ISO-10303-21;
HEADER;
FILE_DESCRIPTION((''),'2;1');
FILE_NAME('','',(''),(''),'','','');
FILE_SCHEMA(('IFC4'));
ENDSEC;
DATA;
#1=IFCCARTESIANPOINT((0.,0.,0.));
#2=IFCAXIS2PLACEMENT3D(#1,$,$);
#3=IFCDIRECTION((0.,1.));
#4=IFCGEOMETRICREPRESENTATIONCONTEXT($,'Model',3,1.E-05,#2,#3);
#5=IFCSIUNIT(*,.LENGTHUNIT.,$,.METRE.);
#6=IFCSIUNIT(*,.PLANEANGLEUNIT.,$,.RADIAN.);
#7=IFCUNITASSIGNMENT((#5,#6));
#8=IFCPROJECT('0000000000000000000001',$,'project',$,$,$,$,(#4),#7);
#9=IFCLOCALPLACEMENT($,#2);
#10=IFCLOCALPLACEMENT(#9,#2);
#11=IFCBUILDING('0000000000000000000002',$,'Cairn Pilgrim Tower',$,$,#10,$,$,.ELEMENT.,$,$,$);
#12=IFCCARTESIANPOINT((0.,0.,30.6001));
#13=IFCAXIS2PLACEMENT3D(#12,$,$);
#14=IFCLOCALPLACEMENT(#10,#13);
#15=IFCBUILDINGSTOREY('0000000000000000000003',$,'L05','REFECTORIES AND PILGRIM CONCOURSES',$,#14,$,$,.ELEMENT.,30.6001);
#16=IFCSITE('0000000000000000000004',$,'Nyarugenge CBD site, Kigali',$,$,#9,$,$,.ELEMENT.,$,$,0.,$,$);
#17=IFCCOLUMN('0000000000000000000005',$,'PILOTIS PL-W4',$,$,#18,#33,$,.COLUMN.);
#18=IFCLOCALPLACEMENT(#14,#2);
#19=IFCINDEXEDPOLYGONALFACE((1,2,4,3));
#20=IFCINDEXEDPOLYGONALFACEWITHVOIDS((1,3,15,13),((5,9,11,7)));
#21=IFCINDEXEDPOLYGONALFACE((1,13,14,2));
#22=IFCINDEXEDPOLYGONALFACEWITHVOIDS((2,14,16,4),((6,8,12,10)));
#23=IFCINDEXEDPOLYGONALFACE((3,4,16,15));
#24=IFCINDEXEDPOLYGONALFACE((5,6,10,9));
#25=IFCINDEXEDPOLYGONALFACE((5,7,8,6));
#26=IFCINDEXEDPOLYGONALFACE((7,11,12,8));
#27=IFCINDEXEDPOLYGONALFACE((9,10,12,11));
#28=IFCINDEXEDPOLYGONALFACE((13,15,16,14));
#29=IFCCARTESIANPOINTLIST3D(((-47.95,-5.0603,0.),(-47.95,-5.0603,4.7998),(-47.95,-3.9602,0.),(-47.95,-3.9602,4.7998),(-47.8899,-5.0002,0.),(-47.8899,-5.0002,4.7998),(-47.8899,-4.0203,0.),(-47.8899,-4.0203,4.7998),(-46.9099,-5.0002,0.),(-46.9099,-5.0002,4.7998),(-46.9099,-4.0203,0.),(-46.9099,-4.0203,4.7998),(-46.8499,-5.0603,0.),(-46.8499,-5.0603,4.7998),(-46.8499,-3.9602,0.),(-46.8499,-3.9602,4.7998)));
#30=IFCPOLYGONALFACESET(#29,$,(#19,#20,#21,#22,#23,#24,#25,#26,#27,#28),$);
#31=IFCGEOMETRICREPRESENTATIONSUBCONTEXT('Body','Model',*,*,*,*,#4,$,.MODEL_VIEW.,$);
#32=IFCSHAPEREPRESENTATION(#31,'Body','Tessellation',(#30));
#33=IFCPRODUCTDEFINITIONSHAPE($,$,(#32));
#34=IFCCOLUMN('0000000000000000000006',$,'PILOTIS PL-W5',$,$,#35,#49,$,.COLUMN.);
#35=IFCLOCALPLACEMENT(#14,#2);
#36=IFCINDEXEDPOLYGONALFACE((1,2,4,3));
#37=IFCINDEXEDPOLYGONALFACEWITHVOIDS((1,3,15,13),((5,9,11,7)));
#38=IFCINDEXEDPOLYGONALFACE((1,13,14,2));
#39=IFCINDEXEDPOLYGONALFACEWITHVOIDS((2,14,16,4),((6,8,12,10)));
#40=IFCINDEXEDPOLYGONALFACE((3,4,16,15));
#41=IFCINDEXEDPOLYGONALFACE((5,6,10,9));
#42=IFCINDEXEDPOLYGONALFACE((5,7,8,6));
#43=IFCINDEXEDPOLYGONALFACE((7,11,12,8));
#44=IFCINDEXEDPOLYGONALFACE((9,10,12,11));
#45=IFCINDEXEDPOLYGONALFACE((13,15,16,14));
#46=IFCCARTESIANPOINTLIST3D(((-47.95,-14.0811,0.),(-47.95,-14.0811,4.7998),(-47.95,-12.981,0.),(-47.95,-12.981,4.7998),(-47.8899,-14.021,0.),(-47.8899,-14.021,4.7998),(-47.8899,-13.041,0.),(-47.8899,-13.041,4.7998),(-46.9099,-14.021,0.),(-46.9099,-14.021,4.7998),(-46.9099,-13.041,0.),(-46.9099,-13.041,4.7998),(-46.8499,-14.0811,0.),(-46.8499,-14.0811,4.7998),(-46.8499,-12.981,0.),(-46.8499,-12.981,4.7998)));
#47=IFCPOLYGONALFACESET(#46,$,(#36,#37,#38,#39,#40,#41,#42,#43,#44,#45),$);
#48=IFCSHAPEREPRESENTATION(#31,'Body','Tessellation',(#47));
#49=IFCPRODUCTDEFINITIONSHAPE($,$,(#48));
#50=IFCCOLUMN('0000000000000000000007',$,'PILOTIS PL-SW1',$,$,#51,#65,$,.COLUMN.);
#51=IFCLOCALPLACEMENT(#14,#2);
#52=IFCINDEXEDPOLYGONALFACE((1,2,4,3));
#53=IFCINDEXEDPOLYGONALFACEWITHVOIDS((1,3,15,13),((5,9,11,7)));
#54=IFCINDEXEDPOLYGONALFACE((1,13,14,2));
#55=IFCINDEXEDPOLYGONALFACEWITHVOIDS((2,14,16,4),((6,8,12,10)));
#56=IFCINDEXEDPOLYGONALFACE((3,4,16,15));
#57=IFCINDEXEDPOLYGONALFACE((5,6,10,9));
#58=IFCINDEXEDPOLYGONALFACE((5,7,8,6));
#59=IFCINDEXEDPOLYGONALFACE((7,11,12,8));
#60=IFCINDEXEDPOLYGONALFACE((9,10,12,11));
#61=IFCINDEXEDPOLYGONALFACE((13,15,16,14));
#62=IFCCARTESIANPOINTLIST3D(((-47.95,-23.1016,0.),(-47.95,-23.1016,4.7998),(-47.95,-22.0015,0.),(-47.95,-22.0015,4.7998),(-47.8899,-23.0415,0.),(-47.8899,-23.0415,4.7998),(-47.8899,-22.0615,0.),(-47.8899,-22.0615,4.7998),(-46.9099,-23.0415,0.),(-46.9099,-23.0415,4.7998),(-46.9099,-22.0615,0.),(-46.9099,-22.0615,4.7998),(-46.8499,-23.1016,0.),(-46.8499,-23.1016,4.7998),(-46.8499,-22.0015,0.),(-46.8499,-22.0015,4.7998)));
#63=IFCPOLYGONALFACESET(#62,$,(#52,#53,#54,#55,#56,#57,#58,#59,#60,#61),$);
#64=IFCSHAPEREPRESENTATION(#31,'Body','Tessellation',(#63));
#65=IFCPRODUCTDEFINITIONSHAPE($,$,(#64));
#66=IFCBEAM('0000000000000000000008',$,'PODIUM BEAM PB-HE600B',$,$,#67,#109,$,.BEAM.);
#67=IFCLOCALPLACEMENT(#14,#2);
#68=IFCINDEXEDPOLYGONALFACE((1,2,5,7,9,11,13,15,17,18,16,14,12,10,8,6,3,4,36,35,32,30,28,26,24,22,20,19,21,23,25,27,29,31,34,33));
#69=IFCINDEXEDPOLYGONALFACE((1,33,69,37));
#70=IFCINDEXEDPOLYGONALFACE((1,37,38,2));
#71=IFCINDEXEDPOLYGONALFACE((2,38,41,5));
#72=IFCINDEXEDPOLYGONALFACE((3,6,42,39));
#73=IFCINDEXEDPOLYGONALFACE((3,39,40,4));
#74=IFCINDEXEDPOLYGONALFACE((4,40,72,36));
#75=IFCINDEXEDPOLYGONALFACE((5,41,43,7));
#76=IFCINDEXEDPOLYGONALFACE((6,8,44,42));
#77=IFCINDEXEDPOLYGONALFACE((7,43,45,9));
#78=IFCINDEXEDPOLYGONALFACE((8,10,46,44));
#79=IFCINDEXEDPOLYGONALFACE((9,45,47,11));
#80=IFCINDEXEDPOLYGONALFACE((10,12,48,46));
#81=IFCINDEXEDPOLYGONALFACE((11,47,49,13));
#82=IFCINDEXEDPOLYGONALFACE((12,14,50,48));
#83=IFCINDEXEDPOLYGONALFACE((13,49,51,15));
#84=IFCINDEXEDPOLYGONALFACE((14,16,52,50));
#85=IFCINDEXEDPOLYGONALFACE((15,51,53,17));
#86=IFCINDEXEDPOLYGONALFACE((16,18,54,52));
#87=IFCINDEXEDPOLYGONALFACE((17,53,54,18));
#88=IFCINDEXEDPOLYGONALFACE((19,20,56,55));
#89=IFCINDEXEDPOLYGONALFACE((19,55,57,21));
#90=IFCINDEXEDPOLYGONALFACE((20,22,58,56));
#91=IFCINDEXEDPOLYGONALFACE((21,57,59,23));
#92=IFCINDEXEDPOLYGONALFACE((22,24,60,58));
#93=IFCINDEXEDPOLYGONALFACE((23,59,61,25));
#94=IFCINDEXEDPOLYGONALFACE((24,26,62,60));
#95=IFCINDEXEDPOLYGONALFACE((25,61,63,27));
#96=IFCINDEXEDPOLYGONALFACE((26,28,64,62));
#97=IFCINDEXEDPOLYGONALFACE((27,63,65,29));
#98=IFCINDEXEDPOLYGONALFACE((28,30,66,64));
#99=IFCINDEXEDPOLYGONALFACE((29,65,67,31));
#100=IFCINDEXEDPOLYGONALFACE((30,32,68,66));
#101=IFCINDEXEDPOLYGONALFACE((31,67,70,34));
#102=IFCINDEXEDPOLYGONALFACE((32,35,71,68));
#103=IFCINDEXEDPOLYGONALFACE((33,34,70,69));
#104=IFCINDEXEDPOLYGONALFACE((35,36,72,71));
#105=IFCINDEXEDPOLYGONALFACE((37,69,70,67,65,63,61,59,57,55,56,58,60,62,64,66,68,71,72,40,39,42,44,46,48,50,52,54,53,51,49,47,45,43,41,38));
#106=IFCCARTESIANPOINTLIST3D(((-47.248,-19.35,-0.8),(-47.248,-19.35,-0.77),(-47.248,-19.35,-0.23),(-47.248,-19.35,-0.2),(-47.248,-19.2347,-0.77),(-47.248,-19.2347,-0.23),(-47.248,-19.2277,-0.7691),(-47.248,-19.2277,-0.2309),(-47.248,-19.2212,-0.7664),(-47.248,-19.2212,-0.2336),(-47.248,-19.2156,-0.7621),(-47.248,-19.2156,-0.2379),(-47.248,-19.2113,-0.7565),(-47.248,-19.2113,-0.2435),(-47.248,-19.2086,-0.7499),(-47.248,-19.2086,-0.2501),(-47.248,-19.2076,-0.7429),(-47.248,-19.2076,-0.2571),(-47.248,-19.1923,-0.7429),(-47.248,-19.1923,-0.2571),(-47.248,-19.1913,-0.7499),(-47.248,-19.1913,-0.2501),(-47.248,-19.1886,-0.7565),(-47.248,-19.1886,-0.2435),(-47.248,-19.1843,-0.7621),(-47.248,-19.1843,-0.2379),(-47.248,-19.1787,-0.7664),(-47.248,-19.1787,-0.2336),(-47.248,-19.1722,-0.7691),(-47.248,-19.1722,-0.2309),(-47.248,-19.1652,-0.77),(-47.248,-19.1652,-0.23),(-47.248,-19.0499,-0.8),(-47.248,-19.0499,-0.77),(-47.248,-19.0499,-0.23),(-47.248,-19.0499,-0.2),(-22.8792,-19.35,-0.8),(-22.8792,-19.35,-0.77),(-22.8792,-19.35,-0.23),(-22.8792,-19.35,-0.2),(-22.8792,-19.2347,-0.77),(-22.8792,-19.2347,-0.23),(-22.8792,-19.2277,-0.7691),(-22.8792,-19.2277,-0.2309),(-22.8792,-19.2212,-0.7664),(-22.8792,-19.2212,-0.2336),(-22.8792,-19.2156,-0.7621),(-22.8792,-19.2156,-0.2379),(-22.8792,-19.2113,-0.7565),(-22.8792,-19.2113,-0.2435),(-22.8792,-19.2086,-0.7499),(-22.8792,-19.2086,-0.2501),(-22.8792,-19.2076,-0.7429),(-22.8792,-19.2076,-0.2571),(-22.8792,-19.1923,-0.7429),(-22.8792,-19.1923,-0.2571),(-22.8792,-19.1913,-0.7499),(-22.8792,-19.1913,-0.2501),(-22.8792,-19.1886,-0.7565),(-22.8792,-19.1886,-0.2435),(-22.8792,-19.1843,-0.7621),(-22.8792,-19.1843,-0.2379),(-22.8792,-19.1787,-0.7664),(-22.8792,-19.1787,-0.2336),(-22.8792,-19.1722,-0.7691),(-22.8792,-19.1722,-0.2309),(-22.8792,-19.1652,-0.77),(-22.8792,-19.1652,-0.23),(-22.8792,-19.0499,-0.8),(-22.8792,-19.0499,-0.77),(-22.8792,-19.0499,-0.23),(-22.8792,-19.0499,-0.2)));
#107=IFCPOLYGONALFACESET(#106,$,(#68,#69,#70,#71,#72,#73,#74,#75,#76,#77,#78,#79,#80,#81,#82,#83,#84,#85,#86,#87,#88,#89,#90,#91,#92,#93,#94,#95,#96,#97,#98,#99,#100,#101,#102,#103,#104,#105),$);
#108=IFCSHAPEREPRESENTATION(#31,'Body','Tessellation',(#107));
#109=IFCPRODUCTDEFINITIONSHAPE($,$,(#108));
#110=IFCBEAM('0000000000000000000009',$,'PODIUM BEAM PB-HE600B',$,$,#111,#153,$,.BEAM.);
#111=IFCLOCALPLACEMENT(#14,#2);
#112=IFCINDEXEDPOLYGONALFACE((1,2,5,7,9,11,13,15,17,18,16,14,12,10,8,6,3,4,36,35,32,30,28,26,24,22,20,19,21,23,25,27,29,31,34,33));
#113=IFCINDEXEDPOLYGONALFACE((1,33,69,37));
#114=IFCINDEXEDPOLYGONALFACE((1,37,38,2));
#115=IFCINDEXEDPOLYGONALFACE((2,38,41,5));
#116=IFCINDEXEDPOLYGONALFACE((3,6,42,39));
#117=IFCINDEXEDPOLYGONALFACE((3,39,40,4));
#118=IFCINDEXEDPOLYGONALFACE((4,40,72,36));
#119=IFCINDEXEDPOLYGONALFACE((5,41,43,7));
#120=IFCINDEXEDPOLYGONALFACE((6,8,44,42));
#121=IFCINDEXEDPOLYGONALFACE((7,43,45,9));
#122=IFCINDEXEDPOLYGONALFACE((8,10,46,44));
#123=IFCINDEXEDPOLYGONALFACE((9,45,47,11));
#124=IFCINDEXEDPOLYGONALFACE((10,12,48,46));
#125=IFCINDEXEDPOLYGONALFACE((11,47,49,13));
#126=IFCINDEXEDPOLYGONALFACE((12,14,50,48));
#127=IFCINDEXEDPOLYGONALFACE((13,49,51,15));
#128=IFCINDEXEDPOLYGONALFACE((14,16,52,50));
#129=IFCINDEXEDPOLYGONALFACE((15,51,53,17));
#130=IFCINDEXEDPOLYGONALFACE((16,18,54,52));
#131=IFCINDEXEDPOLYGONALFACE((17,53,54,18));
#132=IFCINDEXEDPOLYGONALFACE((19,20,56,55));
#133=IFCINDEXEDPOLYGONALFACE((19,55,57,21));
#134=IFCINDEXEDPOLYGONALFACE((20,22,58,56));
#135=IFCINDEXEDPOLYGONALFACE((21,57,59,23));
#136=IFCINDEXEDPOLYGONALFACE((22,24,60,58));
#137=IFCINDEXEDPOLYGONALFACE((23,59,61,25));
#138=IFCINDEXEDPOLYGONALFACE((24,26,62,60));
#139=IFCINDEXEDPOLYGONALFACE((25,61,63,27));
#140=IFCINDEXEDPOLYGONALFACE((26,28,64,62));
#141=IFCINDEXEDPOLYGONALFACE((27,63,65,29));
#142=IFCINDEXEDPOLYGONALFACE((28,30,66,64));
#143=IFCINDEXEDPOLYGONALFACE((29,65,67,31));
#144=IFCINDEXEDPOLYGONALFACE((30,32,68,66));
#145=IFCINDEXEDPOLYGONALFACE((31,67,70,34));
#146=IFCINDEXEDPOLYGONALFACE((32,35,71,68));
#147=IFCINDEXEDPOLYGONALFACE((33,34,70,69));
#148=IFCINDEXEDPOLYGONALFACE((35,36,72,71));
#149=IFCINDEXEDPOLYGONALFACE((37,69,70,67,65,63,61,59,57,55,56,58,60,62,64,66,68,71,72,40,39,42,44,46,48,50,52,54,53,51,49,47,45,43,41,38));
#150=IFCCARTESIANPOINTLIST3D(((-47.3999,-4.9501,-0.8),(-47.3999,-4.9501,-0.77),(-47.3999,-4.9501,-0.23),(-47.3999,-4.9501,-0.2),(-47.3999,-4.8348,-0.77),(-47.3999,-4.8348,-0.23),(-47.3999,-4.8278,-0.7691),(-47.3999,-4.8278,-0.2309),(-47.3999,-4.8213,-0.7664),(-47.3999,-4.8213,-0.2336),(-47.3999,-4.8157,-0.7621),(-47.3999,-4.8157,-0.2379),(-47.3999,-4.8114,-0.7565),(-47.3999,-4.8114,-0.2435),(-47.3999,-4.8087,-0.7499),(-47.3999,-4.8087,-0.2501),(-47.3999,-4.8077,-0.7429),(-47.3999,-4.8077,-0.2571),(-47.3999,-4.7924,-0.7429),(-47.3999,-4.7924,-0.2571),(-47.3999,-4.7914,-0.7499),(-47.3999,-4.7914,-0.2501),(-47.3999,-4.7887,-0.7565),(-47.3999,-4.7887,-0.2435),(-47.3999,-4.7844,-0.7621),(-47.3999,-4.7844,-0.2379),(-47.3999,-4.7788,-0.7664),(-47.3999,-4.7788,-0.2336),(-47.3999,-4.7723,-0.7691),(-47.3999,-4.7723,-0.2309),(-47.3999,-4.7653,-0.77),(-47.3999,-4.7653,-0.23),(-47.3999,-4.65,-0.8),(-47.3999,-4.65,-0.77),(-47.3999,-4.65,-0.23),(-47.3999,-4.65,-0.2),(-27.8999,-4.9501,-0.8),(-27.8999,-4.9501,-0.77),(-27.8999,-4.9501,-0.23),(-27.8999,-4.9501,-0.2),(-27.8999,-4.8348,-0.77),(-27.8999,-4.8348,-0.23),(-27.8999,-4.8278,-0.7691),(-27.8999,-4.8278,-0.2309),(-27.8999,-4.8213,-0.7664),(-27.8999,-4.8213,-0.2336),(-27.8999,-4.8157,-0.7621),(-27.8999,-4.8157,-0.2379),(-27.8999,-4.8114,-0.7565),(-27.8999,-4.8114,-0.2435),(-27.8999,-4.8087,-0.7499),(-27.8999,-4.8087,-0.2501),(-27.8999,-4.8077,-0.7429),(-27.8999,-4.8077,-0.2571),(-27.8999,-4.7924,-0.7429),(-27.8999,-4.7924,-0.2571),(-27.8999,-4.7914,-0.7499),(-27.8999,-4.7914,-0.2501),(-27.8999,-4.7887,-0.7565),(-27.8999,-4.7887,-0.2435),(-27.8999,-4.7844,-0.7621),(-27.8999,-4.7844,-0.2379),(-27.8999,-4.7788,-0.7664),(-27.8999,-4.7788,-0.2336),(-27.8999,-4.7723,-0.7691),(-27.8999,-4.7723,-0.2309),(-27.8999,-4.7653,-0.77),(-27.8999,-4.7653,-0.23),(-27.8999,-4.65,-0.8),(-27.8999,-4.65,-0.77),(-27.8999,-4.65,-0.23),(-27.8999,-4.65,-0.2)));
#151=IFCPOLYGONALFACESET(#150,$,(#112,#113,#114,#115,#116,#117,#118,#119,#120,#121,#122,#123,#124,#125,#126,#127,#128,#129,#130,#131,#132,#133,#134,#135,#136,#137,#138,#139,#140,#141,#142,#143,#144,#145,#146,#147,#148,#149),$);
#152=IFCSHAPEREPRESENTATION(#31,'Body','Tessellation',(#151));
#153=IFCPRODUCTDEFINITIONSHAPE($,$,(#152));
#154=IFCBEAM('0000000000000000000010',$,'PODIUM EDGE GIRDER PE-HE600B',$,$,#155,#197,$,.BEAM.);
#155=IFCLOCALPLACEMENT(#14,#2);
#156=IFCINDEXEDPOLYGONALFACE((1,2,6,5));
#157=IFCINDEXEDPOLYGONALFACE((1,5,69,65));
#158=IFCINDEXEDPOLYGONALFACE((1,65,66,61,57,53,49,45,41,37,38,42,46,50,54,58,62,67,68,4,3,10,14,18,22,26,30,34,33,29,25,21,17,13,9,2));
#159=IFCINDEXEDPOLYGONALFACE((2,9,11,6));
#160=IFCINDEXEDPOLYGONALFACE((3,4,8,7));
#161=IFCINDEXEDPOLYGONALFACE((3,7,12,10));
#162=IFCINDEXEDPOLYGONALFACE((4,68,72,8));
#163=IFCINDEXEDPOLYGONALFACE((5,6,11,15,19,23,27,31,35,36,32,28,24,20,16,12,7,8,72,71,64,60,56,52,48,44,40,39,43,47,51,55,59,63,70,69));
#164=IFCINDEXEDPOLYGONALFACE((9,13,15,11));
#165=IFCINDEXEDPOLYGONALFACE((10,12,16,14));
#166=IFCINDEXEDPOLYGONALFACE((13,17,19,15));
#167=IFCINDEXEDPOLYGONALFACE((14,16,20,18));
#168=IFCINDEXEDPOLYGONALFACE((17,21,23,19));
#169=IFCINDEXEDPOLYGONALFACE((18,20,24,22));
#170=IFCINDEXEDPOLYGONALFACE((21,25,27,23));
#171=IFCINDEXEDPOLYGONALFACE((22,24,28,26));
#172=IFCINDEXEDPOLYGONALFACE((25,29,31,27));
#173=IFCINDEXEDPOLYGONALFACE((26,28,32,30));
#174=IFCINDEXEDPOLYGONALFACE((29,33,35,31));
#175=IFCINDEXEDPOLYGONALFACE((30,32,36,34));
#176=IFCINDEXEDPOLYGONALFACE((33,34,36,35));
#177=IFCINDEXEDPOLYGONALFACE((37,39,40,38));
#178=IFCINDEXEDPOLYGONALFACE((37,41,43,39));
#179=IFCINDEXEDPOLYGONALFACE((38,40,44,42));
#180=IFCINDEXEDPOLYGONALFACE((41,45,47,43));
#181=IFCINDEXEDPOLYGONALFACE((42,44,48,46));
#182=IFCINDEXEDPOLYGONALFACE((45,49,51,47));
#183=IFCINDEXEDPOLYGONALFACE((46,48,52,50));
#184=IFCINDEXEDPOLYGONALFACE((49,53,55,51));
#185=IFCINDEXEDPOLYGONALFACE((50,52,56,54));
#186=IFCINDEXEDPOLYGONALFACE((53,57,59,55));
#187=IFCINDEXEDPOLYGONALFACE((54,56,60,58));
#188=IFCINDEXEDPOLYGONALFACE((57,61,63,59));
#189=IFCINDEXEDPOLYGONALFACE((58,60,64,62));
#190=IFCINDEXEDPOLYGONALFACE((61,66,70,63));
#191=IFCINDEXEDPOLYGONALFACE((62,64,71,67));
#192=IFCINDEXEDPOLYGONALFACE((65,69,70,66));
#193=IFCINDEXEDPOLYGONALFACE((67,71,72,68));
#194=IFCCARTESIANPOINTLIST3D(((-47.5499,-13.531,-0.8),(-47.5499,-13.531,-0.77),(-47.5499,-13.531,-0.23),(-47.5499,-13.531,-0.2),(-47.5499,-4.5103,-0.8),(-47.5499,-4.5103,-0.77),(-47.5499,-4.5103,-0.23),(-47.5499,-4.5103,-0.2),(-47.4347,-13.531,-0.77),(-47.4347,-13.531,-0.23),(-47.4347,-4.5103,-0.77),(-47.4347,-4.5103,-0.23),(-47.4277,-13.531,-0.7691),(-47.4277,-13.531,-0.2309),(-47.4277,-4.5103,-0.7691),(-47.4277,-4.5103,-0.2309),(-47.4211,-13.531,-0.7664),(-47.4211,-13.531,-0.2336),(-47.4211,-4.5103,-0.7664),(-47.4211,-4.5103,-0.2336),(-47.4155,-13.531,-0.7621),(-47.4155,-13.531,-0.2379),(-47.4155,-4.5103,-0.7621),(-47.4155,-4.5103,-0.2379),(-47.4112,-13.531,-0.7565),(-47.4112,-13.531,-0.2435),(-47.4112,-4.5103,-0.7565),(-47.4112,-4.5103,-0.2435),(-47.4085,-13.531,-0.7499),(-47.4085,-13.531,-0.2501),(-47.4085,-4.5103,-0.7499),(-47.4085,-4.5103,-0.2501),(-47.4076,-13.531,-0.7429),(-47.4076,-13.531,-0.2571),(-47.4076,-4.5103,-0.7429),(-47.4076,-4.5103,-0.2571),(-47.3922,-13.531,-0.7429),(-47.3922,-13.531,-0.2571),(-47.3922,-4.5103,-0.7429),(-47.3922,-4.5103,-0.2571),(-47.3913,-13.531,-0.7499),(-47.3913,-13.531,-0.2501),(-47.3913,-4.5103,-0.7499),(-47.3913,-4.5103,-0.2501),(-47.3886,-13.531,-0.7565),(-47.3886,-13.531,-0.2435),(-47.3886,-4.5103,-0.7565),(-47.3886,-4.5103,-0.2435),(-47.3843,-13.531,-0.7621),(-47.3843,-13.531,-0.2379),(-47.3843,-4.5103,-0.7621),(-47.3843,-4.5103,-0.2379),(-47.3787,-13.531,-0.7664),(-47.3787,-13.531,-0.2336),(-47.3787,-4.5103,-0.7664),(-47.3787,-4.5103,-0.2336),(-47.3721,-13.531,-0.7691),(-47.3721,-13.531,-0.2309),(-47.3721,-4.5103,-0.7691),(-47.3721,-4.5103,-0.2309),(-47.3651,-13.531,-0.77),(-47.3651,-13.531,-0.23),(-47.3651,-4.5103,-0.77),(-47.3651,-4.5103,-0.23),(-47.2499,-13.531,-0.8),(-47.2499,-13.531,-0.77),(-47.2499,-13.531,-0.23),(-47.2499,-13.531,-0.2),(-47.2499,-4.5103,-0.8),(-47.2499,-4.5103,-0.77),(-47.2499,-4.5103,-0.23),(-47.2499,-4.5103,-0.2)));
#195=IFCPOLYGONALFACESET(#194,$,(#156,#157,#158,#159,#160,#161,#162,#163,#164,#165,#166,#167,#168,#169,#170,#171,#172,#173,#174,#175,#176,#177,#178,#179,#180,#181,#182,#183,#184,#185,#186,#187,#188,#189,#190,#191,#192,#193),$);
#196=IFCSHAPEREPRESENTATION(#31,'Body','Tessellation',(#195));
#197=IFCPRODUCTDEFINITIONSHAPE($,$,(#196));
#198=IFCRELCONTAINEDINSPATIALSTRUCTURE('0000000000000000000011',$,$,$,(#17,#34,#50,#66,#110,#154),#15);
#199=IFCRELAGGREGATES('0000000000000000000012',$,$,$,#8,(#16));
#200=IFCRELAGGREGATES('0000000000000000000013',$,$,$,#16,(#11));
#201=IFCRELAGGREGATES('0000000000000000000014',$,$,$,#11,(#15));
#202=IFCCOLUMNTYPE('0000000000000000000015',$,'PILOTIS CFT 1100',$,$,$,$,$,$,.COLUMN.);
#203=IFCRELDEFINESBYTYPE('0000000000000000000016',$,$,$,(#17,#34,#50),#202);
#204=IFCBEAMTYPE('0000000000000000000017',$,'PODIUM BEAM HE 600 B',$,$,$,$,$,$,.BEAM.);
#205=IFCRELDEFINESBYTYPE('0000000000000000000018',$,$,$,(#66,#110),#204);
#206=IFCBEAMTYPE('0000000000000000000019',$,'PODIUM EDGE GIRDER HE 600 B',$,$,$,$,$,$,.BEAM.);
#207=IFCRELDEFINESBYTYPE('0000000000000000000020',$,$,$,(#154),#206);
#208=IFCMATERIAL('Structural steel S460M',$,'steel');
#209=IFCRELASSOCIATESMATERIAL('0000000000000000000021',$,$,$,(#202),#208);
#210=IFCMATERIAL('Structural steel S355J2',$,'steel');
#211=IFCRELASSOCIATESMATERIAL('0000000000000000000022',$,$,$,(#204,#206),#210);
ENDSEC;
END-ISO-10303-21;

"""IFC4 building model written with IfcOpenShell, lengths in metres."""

from ifc_helpers import new_model, si_unit, direction, frame, origin, origin_2d, place, context, subcontext, project, spatial, hollow_rectangle, i_section, extrude, material, material_profile, profile_set, type_object, element, save


model = new_model("IFC4")

# Units and contexts
model_context = context("Model", 3, precision=1e-05, world=origin(), true_north=direction((0.0, 1.0)))
body_context = subcontext(model_context, "Body", "Model", "MODEL_VIEW")
ifc_project = project(units=[si_unit("LENGTHUNIT", "METRE"), si_unit("PLANEANGLEUNIT", "RADIAN")], contexts=[model_context])

# Site, building, storey
site_placement = place(None, origin())
site = spatial("IfcSite", under=ifc_project, at=site_placement, Name="Nyarugenge CBD site, Kigali", CompositionType="ELEMENT", RefElevation=0.0)
building_placement = place(site_placement, origin())
building = spatial("IfcBuilding", under=site, at=building_placement, Name="Cairn Pilgrim Tower", CompositionType="ELEMENT")
storey_placement = place(building_placement, frame((0.0, 0.0, 30.6001)))
storey = spatial("IfcBuildingStorey", under=building, at=storey_placement, Name="L05", Description="REFECTORIES AND PILGRIM CONCOURSES", CompositionType="ELEMENT", Elevation=30.6001)

# Columns
ifc_material_1 = material(Name="Structural steel S460M", Category="steel")
ifc_material_profile_1 = material_profile(ifc_material_1, hollow_rectangle(XDim=1.1001, YDim=1.1001, WallThickness=0.0601, at=origin_2d()), Name="BOX 1100x1100x60")
ifc_profile_set_1 = profile_set([ifc_material_profile_1], Name="Structural steel S460M")
column_type = type_object("IfcColumnType", Name="PILOTIS CFT 1100", PredefinedType="COLUMN", material=ifc_profile_set_1)
for number, where, z_axis, x_axis, name in (
    (1, (-47.3999, -4.5103, 0.0), (0.0, 0.0, 1.0), (1.0, 0.0, 0.0), "PILOTIS PL-W4"),
    (2, (-47.3999, -13.531, 0.0), (0.0, 0.0, 1.0), (1.0, 0.0, 0.0), "PILOTIS PL-W5"),
    (3, (-47.3999, -22.5515, 0.0), (0.0, 0.0, 1.0), (1.0, 0.0, 0.0), "PILOTIS PL-SW1"),
):
    element("IfcColumn", number, at=place(storey_placement, frame(where, z_axis=z_axis, x_axis=x_axis)), inside=storey, type_object=column_type, Name=name, PredefinedType="COLUMN", context=body_context, shape_type="SweptSolid", body=[
        extrude(hollow_rectangle(XDim=1.1001, YDim=1.1001, WallThickness=0.0601, at=origin_2d()), origin(), (0.0, 0.0, 1.0), 4.7998),
    ])

# Beams
ifc_material_2 = material(Name="Structural steel S355J2", Category="steel")
ifc_material_profile_2 = material_profile(ifc_material_2, i_section(OverallWidth=0.3, OverallDepth=0.6001, WebThickness=0.0154, FlangeThickness=0.03, FilletRadius=0.0271, at=origin_2d()), Name="HEB 600")
ifc_profile_set_2 = profile_set([ifc_material_profile_2], Name="Structural steel S355J2")
beam_type_1 = type_object("IfcBeamType", Name="PODIUM BEAM HE 600 B", PredefinedType="BEAM", material=ifc_profile_set_2)
beam_1_placement = place(storey_placement, frame((-47.248, -19.2, -0.5), z_axis=(1.0, 0.0, 0.0), x_axis=(0.0, 1.0, 0.0)))
element("IfcBeam", 4, at=beam_1_placement, inside=storey, type_object=beam_type_1, Name="PODIUM BEAM PB-HE600B", PredefinedType="BEAM", context=body_context, shape_type="SweptSolid", body=[
    extrude(i_section(OverallWidth=0.3, OverallDepth=0.6001, WebThickness=0.0154, FlangeThickness=0.03, FilletRadius=0.0271, at=origin_2d()), origin(), (0.0, 0.0, 1.0), 24.3689),
])
beam_2_placement = place(storey_placement, frame((-47.3999, -4.8, -0.5), z_axis=(1.0, 0.0, 0.0), x_axis=(0.0, 1.0, 0.0)))
element("IfcBeam", 5, at=beam_2_placement, inside=storey, type_object=beam_type_1, Name="PODIUM BEAM PB-HE600B", PredefinedType="BEAM", context=body_context, shape_type="SweptSolid", body=[
    extrude(i_section(OverallWidth=0.3, OverallDepth=0.6001, WebThickness=0.0154, FlangeThickness=0.03, FilletRadius=0.0271, at=origin_2d()), origin(), (0.0, 0.0, 1.0), 19.5),
])
ifc_material_profile_3 = material_profile(ifc_material_2, i_section(OverallWidth=0.3, OverallDepth=0.6001, WebThickness=0.0154, FlangeThickness=0.03, FilletRadius=0.0271, at=origin_2d()), Name="HEB 600")
ifc_profile_set_3 = profile_set([ifc_material_profile_3], Name="Structural steel S355J2")
beam_type_2 = type_object("IfcBeamType", Name="PODIUM EDGE GIRDER HE 600 B", PredefinedType="BEAM", material=ifc_profile_set_3)
beam_3_placement = place(storey_placement, frame((-47.3999, -4.5103, -0.5), z_axis=(0.0, -1.0, 0.0), x_axis=(1.0, 0.0, 0.0)))
element("IfcBeam", 6, at=beam_3_placement, inside=storey, type_object=beam_type_2, Name="PODIUM EDGE GIRDER PE-HE600B", PredefinedType="BEAM", context=body_context, shape_type="SweptSolid", body=[
    extrude(i_section(OverallWidth=0.3, OverallDepth=0.6001, WebThickness=0.0154, FlangeThickness=0.03, FilletRadius=0.0271, at=origin_2d()), origin(), (0.0, 0.0, 1.0), 9.0208),
])

save(model, "model.ifc")
